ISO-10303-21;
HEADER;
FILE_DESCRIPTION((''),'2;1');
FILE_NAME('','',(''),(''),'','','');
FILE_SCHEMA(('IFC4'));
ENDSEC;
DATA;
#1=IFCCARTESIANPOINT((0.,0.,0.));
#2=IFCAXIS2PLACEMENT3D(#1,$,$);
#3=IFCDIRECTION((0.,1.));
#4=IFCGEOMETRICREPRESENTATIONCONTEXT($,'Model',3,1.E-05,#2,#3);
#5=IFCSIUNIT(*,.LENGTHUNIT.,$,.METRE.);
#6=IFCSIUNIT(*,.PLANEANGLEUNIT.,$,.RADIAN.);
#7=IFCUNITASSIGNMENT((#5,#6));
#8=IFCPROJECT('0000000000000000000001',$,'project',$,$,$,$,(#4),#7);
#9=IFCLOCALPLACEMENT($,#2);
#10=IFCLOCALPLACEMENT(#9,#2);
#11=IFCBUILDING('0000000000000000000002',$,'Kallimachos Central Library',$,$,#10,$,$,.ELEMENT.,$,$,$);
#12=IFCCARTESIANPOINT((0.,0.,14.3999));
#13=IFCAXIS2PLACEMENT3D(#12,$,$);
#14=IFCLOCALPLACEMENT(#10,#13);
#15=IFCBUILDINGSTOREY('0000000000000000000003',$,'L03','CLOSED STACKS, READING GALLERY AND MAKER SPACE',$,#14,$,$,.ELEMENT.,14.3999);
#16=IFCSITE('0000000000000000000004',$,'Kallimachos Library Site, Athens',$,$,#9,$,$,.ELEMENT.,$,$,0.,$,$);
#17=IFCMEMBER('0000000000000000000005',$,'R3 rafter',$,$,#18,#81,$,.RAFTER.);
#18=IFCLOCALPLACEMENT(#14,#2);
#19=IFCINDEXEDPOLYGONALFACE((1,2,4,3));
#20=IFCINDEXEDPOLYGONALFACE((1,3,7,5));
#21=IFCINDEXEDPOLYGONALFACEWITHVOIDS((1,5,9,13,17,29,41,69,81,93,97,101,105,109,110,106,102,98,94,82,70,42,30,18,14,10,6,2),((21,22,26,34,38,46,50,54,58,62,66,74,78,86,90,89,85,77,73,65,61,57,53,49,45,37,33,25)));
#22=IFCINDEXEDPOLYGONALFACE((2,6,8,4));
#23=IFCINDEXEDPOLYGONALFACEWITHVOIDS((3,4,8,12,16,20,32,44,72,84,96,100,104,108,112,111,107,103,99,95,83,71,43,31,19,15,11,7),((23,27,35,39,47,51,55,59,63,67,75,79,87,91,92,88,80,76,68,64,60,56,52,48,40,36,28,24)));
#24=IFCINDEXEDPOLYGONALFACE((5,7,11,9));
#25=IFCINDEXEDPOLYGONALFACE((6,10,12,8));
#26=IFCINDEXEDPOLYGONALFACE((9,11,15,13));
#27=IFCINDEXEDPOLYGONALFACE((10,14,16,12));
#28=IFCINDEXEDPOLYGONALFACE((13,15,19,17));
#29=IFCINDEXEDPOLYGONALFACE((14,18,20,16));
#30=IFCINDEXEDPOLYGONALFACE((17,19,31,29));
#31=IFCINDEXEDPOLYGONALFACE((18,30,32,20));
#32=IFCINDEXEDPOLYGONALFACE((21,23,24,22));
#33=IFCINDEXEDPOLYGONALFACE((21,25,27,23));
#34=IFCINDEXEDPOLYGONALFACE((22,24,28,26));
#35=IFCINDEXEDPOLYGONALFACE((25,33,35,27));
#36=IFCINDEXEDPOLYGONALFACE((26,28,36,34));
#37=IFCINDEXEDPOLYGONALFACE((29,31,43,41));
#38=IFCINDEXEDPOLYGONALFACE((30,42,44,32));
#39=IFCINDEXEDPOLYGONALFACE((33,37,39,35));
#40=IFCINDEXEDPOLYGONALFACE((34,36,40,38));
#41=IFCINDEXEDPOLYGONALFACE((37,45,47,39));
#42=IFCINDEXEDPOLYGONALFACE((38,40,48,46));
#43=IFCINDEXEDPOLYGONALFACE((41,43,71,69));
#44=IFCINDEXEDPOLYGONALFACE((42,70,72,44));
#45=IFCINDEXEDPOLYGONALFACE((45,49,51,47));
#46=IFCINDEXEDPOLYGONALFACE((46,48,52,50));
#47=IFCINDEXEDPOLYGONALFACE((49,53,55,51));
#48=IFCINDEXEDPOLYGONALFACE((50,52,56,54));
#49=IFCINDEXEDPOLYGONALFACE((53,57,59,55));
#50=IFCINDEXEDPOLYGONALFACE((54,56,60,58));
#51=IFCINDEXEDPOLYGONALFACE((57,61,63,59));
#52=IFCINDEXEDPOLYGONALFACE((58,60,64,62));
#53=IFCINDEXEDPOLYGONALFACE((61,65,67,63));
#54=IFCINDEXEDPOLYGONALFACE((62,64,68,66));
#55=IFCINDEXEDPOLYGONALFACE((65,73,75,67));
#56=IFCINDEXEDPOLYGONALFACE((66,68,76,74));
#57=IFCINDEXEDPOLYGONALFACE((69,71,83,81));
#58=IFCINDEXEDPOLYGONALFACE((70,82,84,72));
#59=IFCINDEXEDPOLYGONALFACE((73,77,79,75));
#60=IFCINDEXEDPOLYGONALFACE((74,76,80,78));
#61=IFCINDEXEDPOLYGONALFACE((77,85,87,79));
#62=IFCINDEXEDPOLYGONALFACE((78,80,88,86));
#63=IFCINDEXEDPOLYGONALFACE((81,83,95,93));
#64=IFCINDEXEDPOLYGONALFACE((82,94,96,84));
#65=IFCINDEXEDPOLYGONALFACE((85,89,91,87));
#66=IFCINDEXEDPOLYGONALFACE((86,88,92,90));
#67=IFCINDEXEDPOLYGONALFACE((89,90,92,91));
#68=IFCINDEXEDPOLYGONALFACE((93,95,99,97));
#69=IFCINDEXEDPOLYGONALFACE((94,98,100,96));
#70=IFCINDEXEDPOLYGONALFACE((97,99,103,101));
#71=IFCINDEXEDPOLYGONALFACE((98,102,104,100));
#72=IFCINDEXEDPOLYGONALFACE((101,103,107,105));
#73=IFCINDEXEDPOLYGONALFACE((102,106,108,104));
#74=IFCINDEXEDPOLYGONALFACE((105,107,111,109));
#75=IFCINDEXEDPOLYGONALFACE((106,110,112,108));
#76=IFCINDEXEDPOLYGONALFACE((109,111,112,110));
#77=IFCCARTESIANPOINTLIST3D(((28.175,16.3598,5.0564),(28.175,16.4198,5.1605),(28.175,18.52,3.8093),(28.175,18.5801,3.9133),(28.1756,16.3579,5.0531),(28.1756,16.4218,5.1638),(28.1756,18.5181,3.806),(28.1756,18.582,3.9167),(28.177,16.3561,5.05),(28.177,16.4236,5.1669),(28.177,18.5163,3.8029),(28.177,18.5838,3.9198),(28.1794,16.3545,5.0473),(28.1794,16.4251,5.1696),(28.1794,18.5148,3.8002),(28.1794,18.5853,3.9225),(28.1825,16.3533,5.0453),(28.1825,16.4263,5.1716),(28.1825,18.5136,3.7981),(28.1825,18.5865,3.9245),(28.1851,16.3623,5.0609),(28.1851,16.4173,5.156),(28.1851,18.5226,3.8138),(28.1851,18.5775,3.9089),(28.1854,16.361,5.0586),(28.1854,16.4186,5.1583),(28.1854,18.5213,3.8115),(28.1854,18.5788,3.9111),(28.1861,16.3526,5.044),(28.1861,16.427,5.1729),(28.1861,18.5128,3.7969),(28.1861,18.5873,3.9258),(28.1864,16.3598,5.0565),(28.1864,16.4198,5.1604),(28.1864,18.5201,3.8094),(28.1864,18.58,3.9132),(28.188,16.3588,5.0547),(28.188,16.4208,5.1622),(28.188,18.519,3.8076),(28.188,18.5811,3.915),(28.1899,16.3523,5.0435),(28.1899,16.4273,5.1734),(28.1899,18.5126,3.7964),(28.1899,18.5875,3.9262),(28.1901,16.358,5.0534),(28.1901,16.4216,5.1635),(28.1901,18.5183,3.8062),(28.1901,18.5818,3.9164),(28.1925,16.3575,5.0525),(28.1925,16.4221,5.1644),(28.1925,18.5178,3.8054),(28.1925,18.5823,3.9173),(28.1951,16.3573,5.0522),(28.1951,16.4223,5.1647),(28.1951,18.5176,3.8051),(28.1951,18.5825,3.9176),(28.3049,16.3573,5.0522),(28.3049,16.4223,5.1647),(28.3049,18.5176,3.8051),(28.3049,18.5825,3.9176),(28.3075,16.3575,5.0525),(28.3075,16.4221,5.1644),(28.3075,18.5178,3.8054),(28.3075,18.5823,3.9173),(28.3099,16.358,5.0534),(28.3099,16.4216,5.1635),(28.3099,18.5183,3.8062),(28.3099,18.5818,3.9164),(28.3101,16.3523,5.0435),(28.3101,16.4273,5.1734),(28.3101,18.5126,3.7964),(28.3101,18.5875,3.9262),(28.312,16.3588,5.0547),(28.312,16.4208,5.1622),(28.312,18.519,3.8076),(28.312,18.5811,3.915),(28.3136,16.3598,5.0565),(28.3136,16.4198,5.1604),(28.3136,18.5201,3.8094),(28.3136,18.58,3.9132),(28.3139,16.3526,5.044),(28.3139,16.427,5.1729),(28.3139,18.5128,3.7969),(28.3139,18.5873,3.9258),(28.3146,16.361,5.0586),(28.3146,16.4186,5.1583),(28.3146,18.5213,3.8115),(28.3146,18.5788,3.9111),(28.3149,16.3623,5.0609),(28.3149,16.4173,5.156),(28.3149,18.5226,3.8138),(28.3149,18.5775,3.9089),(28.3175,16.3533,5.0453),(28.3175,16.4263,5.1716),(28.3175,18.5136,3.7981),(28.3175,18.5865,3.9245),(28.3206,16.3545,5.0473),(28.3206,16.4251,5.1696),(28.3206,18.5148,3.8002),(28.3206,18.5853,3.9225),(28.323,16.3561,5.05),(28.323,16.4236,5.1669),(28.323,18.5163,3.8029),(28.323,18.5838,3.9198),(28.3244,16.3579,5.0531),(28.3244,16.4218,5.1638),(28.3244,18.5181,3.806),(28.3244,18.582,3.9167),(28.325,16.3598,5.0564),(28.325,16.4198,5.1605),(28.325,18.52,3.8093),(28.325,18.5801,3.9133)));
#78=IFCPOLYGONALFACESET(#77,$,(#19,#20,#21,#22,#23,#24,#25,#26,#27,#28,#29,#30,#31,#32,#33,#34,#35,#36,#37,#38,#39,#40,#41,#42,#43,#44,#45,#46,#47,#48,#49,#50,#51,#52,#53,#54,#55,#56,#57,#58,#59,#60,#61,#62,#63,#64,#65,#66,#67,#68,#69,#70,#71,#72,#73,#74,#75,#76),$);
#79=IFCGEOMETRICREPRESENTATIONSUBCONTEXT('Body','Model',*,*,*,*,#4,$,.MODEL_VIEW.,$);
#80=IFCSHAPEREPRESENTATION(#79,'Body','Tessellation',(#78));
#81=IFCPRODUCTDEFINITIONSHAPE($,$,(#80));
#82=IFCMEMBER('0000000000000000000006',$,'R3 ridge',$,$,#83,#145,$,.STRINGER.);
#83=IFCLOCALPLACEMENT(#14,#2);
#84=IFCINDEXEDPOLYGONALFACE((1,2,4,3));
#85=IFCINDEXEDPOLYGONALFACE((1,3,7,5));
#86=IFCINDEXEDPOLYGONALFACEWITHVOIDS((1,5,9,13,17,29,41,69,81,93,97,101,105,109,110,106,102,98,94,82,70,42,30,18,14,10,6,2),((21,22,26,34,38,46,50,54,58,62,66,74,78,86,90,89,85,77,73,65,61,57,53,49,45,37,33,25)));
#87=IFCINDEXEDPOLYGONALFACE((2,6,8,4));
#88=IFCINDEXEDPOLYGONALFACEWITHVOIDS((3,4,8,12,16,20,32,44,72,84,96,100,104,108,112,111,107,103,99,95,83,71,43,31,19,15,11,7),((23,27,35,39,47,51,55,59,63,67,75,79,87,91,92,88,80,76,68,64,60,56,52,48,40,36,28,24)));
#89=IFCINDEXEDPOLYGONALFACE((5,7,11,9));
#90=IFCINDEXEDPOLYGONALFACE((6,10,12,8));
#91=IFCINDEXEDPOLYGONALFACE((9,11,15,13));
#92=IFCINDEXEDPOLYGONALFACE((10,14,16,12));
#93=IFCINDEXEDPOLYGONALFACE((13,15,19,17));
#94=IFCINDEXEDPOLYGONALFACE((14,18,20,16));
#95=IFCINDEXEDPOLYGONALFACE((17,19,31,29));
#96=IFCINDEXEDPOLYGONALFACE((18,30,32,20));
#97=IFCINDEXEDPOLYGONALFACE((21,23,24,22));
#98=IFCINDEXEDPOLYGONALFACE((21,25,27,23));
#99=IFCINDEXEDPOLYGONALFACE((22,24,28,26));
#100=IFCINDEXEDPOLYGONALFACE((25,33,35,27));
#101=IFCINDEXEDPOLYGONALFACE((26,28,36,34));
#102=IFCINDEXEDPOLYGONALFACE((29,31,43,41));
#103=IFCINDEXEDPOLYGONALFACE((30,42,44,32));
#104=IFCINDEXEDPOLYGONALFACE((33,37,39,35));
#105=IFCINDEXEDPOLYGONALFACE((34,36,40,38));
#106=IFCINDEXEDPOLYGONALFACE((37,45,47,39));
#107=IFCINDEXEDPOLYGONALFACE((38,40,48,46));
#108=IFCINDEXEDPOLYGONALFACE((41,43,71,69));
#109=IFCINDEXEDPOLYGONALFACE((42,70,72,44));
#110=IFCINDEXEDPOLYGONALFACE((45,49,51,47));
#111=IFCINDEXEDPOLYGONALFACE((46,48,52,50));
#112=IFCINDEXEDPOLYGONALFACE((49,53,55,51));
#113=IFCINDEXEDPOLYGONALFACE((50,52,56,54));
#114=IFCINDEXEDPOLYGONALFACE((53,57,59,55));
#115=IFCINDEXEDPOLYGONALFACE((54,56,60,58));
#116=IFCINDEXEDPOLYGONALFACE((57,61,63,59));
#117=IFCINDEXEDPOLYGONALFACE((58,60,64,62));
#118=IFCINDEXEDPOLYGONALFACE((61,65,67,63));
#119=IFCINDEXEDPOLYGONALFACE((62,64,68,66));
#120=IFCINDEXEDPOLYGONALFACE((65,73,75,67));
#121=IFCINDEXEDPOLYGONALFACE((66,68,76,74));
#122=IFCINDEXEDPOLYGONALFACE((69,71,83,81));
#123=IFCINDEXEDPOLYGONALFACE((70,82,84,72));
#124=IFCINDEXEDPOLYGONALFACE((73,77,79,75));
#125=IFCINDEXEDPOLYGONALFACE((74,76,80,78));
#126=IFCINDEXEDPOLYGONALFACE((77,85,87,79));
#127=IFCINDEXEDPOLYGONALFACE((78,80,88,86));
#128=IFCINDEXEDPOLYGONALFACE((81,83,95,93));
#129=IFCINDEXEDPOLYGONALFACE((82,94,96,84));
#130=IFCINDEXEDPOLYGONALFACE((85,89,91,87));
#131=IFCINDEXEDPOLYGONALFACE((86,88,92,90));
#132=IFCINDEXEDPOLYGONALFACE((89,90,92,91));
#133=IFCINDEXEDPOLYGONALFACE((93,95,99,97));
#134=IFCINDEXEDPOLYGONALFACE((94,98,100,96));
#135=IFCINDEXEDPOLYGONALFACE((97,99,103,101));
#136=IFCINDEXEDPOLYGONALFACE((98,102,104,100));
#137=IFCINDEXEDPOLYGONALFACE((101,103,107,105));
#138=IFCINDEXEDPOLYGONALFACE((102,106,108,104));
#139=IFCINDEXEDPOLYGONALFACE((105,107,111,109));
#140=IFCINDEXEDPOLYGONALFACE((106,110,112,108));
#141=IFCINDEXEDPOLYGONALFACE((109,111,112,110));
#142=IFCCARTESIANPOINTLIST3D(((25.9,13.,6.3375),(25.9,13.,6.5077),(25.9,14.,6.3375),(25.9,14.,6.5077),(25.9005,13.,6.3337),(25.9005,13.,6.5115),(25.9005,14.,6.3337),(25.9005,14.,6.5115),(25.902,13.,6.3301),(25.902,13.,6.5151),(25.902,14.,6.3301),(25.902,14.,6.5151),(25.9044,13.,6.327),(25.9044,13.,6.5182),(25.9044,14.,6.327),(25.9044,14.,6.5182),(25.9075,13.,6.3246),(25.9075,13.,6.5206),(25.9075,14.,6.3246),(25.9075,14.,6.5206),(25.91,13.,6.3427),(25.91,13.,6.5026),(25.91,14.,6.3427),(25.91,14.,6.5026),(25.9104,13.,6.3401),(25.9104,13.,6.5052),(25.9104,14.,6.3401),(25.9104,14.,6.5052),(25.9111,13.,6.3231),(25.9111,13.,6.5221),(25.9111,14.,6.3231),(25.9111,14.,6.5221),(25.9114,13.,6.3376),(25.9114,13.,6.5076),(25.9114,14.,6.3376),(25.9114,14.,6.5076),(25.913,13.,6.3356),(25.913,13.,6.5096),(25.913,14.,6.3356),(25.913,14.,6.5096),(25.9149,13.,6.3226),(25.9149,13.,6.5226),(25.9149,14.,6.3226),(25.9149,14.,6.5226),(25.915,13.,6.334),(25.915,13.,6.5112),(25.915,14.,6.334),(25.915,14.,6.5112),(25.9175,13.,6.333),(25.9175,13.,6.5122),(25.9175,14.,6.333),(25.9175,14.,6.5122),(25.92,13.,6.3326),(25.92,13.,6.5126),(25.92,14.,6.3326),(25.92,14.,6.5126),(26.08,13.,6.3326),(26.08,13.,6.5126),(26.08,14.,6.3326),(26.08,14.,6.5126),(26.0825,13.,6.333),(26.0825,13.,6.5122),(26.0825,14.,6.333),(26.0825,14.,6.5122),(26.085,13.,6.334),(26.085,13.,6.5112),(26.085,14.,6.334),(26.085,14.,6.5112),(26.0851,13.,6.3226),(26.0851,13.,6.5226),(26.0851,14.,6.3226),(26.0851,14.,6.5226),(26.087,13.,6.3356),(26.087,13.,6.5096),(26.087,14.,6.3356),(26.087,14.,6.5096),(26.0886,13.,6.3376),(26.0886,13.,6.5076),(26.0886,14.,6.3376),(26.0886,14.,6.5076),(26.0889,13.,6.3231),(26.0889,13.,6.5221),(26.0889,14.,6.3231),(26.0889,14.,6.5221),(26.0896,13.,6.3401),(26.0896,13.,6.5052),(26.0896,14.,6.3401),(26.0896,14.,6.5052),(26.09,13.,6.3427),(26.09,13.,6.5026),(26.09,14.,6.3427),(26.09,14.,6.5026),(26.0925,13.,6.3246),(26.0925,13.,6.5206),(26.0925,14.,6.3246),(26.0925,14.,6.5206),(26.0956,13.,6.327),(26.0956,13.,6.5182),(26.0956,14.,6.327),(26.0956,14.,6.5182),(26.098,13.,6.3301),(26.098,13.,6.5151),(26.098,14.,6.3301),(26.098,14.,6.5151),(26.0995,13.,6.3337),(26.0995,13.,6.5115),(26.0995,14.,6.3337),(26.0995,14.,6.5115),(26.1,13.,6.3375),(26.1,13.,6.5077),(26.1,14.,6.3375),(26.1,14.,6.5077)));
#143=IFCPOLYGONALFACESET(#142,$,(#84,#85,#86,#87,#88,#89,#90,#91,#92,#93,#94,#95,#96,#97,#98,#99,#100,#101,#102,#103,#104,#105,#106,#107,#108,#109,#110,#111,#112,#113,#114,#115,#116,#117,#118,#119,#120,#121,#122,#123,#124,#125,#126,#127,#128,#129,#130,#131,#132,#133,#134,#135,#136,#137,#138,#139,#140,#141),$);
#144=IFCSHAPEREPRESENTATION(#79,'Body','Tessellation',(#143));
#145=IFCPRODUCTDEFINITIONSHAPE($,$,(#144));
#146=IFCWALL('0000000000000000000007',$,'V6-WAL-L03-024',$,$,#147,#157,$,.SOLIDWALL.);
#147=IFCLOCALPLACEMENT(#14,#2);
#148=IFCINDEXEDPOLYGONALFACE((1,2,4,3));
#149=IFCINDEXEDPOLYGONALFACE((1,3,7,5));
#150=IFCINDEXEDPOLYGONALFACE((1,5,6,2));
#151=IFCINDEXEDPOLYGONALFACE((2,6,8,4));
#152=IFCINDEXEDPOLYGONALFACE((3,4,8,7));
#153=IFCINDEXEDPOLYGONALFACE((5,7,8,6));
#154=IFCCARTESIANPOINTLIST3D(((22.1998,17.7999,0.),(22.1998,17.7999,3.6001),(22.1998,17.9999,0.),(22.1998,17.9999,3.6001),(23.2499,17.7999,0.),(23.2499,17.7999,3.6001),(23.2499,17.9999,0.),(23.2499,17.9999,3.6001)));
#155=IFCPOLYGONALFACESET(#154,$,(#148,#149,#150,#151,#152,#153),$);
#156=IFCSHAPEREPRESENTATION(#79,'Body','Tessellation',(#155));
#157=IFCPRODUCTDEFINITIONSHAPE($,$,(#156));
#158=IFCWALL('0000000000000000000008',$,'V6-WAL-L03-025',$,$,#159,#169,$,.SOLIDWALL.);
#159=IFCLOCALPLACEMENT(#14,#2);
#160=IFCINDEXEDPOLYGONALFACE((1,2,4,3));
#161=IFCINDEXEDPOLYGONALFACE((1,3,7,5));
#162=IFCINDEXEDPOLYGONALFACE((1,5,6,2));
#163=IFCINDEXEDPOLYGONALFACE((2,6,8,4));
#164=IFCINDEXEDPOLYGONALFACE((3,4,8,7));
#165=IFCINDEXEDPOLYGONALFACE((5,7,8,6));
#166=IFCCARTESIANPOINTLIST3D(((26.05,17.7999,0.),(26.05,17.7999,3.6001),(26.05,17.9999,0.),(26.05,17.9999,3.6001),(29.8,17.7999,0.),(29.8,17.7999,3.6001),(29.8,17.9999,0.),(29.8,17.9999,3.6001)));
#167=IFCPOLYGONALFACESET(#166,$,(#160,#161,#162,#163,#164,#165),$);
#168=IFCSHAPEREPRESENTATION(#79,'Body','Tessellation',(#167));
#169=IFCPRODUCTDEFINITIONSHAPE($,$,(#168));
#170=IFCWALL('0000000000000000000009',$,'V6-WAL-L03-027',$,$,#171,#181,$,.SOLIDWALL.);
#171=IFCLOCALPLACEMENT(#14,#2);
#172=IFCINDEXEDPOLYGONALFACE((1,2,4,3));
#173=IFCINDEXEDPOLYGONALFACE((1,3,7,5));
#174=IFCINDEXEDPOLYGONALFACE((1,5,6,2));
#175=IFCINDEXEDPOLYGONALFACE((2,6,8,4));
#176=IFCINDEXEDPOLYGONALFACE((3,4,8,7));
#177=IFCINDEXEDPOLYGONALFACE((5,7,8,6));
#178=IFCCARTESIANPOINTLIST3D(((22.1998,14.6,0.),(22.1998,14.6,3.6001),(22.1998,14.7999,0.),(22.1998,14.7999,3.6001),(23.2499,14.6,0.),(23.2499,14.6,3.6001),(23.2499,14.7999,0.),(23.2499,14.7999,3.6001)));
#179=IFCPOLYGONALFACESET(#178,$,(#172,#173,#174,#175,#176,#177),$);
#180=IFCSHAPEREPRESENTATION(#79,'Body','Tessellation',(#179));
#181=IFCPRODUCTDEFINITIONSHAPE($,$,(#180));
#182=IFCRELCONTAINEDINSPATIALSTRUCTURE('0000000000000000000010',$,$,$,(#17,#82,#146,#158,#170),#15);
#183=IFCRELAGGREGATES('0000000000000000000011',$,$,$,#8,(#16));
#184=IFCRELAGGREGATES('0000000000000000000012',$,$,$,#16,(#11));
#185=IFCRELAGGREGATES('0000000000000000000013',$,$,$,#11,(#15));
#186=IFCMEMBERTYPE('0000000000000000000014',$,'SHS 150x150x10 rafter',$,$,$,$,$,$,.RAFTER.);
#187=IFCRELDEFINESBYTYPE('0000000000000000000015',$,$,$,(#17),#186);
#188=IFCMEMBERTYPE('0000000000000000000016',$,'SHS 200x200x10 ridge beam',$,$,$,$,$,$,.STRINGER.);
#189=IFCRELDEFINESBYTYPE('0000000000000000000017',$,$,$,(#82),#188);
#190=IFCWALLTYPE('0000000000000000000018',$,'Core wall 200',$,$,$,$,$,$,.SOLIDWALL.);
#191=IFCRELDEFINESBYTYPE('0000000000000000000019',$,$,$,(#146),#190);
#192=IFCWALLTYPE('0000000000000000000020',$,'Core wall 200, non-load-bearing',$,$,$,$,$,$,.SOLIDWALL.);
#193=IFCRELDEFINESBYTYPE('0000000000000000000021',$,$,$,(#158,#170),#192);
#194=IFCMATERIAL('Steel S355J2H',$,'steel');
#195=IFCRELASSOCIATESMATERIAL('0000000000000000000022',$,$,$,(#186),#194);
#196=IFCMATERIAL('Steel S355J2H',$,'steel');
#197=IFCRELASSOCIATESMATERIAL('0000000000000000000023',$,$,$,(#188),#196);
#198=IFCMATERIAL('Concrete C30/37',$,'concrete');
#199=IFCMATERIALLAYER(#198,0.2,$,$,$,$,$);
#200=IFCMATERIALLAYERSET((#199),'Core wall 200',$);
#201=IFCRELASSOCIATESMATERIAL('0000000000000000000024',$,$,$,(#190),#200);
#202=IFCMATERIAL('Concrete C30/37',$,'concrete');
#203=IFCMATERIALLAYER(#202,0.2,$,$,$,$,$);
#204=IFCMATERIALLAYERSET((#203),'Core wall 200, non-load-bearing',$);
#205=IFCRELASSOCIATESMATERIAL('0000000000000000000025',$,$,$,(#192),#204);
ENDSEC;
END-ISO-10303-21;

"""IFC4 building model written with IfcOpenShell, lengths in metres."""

from ifc_helpers import new_model, si_unit, direction, frame, frame_2d, origin, origin_2d, place, context, subcontext, project, spatial, rectangle, hollow_rectangle, extrude, material, layer, layer_set, material_profile, profile_set, type_object, element, save


model = new_model("IFC4")

# Units and contexts
model_context = context("Model", 3, precision=1e-05, world=origin(), true_north=direction((0.0, 1.0)))
body_context = subcontext(model_context, "Body", "Model", "MODEL_VIEW")
ifc_project = project(units=[si_unit("LENGTHUNIT", "METRE"), si_unit("PLANEANGLEUNIT", "RADIAN")], contexts=[model_context])

# Site, building, storey
site_placement = place(None, origin())
site = spatial("IfcSite", under=ifc_project, at=site_placement, Name="Kallimachos Library Site, Athens", CompositionType="ELEMENT", RefElevation=0.0)
building_placement = place(site_placement, origin())
building = spatial("IfcBuilding", under=site, at=building_placement, Name="Kallimachos Central Library", CompositionType="ELEMENT")
storey_placement = place(building_placement, frame((0.0, 0.0, 14.3999)))
storey = spatial("IfcBuildingStorey", under=building, at=storey_placement, Name="L03", Description="CLOSED STACKS, READING GALLERY AND MAKER SPACE", CompositionType="ELEMENT", Elevation=14.3999)

# Members
ifc_material_1 = material(Name="Steel S355J2H", Category="steel")
ifc_material_profile_1 = material_profile(ifc_material_1, hollow_rectangle(XDim=0.1499, YDim=0.1499, WallThickness=0.01, InnerFilletRadius=0.01, OuterFilletRadius=0.0149, at=origin_2d()), Name="SHS 150x150x10")
ifc_profile_set_1 = profile_set([ifc_material_profile_1], Name="Steel S355J2H")
member_type_1 = type_object("IfcMemberType", Name="SHS 150x150x10 rafter", PredefinedType="RAFTER", material=ifc_profile_set_1)
member_1_placement = place(storey_placement, frame((28.25, 18.55, 3.8613), z_axis=(0.0, -0.866042, 0.499971), x_axis=(1.0, 0.0, 0.0)))
element("IfcMember", 1, at=member_1_placement, inside=storey, type_object=member_type_1, Name="R3 rafter", PredefinedType="RAFTER", context=body_context, shape_type="SweptSolid", body=[
    extrude(hollow_rectangle(XDim=0.1499, YDim=0.1499, WallThickness=0.01, InnerFilletRadius=0.01, OuterFilletRadius=0.0149, at=origin_2d()), origin(), (0.0, 0.0, 1.0), 2.4944),
])
ifc_material_2 = material(Name="Steel S355J2H", Category="steel")
ifc_material_profile_2 = material_profile(ifc_material_2, hollow_rectangle(XDim=0.2, YDim=0.2, WallThickness=0.01, InnerFilletRadius=0.01, OuterFilletRadius=0.0149, at=origin_2d()), Name="SHS 200x200x10")
ifc_profile_set_2 = profile_set([ifc_material_profile_2], Name="Steel S355J2H")
member_type_2 = type_object("IfcMemberType", Name="SHS 200x200x10 ridge beam", PredefinedType="STRINGER", material=ifc_profile_set_2)
member_2_placement = place(storey_placement, frame((26.0, 13.0, 6.4226), z_axis=(0.0, 1.0, 0.0), x_axis=(-1.0, 0.0, 0.0)))
element("IfcMember", 2, at=member_2_placement, inside=storey, type_object=member_type_2, Name="R3 ridge", PredefinedType="STRINGER", context=body_context, shape_type="SweptSolid", body=[
    extrude(hollow_rectangle(XDim=0.2, YDim=0.2, WallThickness=0.01, InnerFilletRadius=0.01, OuterFilletRadius=0.0149, at=origin_2d()), origin(), (0.0, 0.0, 1.0), 1.0),
])

# Walls
ifc_material_3 = material(Name="Concrete C30/37", Category="concrete")
ifc_layer_1 = layer(ifc_material_3, 0.2)
ifc_layer_set_1 = layer_set([ifc_layer_1], Name="Core wall 200")
wall_type_1 = type_object("IfcWallType", Name="Core wall 200", PredefinedType="SOLIDWALL", material=ifc_layer_set_1)
wall_1_placement = place(storey_placement, frame((22.2, 17.8999, 0.0), z_axis=(0.0, 0.0, 1.0), x_axis=(1.0, 0.0, 0.0)))
element("IfcWall", 3, at=wall_1_placement, inside=storey, type_object=wall_type_1, Name="V6-WAL-L03-024", PredefinedType="SOLIDWALL", context=body_context, shape_type="SweptSolid", body=[
    extrude(rectangle(XDim=1.05, YDim=0.2, at=frame_2d((0.5249, 0.0))), origin(), (0.0, 0.0, 1.0), 3.6001),
])
ifc_material_4 = material(Name="Concrete C30/37", Category="concrete")
ifc_layer_2 = layer(ifc_material_4, 0.2)
ifc_layer_set_2 = layer_set([ifc_layer_2], Name="Core wall 200, non-load-bearing")
wall_type_2 = type_object("IfcWallType", Name="Core wall 200, non-load-bearing", PredefinedType="SOLIDWALL", material=ifc_layer_set_2)
wall_2_placement = place(storey_placement, frame((26.05, 17.8999, 0.0), z_axis=(0.0, 0.0, 1.0), x_axis=(1.0, 0.0, 0.0)))
element("IfcWall", 4, at=wall_2_placement, inside=storey, type_object=wall_type_2, Name="V6-WAL-L03-025", PredefinedType="SOLIDWALL", context=body_context, shape_type="SweptSolid", body=[
    extrude(rectangle(XDim=3.75, YDim=0.2, at=frame_2d((1.875, 0.0))), origin(), (0.0, 0.0, 1.0), 3.6001),
])
wall_3_placement = place(storey_placement, frame((22.2, 14.7, 0.0), z_axis=(0.0, 0.0, 1.0), x_axis=(1.0, 0.0, 0.0)))
element("IfcWall", 5, at=wall_3_placement, inside=storey, type_object=wall_type_2, Name="V6-WAL-L03-027", PredefinedType="SOLIDWALL", context=body_context, shape_type="SweptSolid", body=[
    extrude(rectangle(XDim=1.05, YDim=0.2, at=frame_2d((0.5249, 0.0))), origin(), (0.0, 0.0, 1.0), 3.6001),
])

save(model, "model.ifc")
